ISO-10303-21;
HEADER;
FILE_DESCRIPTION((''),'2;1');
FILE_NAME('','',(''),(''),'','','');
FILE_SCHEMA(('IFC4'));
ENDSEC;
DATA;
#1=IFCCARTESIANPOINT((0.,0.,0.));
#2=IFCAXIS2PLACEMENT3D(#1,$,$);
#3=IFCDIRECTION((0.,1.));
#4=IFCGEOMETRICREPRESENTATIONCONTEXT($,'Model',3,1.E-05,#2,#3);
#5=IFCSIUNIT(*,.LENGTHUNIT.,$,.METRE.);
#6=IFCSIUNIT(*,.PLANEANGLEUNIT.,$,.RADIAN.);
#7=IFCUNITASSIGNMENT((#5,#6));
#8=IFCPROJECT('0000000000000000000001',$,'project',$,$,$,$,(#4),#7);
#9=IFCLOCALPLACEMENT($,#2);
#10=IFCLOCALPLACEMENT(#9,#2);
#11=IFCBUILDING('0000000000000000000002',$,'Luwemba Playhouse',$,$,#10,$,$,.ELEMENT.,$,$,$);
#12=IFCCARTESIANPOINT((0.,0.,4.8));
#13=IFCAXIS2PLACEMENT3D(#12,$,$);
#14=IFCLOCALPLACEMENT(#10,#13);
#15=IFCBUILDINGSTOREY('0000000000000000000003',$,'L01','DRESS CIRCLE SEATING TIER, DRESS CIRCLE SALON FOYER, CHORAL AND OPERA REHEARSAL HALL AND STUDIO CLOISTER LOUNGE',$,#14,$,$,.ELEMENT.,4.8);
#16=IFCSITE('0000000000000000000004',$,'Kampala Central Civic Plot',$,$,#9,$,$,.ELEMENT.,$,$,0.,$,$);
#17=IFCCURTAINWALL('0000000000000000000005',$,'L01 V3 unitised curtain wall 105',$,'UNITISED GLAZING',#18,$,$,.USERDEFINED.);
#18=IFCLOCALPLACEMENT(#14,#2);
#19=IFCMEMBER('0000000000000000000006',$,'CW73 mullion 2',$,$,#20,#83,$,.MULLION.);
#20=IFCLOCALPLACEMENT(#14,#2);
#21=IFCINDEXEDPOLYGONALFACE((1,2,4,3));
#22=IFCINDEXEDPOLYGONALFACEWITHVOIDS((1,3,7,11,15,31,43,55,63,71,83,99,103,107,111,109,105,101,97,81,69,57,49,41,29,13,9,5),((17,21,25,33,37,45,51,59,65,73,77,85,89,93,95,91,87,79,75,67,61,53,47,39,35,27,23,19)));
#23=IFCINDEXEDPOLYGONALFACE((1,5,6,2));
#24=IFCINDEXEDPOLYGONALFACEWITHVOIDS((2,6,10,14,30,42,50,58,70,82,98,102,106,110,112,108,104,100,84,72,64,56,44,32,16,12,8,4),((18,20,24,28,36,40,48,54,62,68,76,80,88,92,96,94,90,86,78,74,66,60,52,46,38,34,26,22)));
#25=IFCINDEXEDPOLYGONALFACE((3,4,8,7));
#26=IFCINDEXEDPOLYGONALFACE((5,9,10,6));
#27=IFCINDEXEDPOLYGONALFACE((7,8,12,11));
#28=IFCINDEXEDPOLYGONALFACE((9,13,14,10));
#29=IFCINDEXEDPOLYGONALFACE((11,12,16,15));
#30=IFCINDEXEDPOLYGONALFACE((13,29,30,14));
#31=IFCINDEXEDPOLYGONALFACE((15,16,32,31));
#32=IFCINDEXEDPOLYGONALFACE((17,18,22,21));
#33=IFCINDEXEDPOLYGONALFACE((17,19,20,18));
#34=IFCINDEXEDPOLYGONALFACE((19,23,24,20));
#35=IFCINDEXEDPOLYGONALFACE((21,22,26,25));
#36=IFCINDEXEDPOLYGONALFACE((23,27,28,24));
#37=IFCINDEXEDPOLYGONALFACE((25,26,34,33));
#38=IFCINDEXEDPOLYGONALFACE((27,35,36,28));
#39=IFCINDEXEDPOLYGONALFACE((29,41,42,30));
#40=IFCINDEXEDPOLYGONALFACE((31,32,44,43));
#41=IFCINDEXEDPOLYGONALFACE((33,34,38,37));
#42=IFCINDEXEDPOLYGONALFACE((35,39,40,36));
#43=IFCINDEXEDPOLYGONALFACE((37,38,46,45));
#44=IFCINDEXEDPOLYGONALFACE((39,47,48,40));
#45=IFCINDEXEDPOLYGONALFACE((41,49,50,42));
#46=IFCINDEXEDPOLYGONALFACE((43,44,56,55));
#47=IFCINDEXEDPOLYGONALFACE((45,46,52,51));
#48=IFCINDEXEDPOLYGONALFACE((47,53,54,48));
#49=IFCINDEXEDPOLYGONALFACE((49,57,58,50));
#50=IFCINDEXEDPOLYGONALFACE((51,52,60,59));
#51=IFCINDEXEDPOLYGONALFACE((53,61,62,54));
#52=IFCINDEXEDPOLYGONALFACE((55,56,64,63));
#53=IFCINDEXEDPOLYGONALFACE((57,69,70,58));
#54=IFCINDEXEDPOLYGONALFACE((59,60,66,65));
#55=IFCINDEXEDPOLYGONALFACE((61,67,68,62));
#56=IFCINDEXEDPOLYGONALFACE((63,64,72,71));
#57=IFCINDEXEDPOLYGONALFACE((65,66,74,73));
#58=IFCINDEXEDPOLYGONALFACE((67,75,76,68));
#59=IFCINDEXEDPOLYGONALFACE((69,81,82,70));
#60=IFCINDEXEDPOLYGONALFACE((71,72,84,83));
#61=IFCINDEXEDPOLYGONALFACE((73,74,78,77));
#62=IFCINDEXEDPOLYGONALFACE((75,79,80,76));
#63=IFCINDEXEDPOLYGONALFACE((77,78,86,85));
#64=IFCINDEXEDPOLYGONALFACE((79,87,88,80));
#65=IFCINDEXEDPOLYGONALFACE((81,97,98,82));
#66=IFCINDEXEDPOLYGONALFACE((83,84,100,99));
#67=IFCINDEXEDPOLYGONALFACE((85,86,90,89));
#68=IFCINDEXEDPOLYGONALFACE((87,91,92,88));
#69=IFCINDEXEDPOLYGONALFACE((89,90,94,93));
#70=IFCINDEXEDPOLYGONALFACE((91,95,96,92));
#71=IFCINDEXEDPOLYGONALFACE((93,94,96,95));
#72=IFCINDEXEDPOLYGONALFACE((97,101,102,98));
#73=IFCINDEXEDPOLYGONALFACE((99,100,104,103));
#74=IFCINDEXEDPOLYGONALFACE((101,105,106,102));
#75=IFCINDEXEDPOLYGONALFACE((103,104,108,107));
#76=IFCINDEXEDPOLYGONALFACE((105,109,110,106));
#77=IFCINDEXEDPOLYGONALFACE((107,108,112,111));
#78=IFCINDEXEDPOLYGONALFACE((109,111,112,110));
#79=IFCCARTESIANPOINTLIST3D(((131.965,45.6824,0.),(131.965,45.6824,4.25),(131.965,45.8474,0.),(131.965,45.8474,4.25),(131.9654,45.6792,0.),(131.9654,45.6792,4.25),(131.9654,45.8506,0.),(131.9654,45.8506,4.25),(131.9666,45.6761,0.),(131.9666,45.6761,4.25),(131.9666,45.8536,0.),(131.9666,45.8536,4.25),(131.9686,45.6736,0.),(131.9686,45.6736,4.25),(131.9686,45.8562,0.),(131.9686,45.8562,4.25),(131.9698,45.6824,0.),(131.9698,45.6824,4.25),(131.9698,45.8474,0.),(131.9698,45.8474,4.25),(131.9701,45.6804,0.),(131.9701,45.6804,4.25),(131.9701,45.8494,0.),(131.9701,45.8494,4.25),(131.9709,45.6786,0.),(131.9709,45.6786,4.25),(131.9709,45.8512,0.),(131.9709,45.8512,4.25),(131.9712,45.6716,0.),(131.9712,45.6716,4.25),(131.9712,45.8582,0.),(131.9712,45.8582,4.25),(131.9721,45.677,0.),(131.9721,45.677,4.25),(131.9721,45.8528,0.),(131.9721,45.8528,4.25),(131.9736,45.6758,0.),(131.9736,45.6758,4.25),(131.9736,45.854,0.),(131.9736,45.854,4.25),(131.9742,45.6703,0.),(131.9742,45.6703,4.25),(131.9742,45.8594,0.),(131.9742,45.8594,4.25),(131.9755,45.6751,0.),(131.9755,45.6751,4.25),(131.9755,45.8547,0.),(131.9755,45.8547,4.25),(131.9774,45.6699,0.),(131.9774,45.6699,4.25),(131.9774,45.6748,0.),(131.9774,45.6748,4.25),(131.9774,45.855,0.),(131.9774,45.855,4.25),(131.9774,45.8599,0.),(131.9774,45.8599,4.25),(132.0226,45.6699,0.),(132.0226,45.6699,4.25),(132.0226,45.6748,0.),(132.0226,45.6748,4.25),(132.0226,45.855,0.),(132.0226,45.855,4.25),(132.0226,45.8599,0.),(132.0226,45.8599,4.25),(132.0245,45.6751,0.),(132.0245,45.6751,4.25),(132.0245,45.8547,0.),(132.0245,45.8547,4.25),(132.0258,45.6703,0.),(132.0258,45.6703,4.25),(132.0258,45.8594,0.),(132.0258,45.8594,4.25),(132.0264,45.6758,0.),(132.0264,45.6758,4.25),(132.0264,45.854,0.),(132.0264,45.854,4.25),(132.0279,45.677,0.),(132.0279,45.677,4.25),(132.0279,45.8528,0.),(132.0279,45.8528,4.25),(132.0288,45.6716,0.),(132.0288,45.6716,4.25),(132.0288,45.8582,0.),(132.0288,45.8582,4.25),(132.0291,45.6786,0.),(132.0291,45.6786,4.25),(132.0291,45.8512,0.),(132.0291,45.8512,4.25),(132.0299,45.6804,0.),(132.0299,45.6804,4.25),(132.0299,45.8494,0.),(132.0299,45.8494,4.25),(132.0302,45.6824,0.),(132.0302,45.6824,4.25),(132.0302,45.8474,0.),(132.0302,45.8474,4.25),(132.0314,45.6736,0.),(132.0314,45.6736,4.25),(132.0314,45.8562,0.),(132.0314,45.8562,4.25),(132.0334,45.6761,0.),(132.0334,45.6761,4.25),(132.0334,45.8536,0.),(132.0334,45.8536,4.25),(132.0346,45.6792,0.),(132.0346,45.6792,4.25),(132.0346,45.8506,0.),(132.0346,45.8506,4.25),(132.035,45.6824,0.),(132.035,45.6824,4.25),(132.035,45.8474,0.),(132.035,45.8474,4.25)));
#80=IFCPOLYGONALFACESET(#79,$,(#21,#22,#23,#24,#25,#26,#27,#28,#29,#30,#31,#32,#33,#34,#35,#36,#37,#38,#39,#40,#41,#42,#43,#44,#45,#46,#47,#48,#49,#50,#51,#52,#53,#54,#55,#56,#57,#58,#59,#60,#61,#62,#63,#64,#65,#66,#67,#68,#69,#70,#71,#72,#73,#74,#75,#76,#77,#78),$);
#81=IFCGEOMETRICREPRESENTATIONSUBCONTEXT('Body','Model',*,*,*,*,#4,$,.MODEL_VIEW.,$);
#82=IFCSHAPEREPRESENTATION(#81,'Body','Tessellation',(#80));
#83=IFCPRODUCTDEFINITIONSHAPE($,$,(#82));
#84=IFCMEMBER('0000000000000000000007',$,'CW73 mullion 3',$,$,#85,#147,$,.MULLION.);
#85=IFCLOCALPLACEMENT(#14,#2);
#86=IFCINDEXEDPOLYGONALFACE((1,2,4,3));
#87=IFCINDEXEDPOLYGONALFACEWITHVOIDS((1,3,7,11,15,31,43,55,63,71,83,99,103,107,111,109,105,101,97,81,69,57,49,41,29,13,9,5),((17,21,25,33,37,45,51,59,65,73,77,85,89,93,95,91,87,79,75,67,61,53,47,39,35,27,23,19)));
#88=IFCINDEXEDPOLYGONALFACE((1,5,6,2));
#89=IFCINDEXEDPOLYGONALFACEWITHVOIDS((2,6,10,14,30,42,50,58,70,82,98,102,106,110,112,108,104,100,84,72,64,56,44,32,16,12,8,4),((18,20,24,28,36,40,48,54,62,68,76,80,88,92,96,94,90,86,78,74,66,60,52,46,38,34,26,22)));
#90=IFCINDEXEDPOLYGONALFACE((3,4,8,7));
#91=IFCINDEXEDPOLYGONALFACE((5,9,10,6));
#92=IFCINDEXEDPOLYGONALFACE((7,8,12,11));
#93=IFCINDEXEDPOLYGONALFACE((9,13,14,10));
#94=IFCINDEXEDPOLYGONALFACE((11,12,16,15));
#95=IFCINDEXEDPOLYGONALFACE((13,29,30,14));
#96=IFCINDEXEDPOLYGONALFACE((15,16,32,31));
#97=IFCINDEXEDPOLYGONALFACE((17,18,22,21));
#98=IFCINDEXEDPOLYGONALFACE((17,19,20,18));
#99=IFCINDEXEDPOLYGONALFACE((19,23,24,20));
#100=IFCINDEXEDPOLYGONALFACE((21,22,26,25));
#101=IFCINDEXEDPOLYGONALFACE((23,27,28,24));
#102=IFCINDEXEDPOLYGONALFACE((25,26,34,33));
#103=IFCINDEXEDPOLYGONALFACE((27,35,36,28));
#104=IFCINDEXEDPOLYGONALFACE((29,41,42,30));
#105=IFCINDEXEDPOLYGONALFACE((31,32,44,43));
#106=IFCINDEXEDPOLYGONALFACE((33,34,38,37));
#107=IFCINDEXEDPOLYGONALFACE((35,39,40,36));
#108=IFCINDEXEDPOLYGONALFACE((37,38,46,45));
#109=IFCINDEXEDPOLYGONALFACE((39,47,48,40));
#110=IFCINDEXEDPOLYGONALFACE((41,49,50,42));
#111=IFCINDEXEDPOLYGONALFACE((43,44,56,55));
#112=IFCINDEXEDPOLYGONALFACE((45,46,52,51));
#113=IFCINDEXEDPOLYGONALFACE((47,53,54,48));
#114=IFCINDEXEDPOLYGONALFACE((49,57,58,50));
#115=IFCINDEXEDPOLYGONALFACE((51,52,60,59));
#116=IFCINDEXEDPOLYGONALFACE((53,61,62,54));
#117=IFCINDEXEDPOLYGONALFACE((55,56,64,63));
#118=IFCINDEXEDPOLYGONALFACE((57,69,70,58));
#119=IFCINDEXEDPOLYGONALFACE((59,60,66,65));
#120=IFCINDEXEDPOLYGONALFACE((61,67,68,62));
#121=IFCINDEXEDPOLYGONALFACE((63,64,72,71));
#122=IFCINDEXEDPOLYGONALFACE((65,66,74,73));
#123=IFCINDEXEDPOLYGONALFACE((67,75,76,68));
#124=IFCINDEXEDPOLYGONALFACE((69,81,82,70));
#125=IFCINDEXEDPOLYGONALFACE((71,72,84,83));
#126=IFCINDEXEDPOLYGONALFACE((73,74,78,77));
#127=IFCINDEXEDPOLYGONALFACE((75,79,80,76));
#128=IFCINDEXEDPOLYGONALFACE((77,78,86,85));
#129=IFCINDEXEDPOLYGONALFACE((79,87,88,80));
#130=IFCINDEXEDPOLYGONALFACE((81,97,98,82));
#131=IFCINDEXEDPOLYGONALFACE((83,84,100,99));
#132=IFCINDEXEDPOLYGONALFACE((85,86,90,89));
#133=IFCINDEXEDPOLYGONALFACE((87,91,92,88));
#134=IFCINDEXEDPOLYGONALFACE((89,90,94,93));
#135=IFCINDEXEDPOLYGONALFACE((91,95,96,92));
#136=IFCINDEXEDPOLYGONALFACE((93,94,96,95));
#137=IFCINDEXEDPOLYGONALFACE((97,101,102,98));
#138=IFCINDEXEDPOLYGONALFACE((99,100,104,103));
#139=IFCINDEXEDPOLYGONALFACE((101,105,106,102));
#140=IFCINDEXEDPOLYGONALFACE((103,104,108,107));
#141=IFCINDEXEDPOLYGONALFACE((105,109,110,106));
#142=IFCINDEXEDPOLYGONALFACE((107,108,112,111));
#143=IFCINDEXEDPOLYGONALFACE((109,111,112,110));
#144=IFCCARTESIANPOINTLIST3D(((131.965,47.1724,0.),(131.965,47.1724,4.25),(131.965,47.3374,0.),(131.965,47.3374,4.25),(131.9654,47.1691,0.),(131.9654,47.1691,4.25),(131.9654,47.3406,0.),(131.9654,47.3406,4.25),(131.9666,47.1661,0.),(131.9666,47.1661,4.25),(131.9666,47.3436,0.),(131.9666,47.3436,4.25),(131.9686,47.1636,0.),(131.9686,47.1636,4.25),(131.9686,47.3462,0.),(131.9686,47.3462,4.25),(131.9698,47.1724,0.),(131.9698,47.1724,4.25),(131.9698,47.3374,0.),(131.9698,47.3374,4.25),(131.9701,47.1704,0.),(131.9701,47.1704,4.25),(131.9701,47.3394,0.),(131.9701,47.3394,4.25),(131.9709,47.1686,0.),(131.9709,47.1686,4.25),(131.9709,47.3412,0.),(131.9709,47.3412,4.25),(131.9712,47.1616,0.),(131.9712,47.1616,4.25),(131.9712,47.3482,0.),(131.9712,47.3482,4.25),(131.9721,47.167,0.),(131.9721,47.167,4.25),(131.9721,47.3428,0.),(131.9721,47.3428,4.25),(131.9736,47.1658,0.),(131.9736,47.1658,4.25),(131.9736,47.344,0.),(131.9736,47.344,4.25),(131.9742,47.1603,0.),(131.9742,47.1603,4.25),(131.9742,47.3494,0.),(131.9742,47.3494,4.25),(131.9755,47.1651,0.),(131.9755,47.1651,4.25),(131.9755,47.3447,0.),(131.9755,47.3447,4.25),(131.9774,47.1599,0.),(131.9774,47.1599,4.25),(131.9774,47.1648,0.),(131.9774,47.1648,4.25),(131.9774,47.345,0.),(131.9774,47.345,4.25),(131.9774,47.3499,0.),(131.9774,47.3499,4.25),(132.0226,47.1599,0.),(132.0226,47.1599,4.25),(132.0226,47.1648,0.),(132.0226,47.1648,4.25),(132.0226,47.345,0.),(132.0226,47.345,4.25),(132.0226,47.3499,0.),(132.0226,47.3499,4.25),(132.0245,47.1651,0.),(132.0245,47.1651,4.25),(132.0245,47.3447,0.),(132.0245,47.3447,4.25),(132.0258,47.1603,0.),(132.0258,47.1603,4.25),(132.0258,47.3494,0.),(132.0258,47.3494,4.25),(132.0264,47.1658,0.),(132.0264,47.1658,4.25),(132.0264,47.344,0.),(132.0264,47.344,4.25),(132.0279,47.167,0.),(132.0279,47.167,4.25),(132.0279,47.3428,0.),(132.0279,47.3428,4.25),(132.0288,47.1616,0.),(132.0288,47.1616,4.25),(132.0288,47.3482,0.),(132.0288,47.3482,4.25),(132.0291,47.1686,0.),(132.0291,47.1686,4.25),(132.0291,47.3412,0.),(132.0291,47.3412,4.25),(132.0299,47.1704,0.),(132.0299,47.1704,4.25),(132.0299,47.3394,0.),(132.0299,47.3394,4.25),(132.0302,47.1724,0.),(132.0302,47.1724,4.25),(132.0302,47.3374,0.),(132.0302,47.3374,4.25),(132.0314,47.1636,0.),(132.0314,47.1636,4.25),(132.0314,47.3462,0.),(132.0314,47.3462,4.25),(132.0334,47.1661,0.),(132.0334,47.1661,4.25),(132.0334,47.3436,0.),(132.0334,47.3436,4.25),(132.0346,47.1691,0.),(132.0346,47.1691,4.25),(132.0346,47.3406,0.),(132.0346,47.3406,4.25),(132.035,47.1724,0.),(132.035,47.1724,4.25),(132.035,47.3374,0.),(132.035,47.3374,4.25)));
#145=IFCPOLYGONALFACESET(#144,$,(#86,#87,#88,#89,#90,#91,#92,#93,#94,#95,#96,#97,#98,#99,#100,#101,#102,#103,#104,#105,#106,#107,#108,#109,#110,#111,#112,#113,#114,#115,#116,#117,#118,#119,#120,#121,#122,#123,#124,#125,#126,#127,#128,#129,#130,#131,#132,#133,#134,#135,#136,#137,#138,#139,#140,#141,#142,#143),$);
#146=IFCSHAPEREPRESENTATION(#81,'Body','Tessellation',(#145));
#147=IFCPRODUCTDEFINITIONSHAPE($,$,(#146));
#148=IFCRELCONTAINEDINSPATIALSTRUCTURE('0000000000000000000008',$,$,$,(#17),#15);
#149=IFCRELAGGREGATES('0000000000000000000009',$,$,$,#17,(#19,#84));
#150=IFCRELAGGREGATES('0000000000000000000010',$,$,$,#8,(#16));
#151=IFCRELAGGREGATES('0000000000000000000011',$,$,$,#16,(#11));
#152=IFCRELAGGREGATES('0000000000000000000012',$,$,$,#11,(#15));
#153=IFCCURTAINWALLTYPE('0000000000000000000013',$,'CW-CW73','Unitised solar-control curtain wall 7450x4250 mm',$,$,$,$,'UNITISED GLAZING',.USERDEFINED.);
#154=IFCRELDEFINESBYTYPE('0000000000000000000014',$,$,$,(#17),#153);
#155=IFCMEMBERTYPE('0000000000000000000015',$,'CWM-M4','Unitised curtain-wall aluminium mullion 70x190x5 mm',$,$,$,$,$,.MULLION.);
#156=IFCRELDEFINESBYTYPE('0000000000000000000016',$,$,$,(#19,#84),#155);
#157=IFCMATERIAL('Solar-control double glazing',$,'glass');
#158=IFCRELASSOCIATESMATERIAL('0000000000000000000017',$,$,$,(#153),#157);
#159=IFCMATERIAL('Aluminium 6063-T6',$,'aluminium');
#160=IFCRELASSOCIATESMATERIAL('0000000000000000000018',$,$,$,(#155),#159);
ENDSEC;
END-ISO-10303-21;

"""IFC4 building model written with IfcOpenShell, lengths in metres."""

from ifc_helpers import new_model, si_unit, direction, frame, origin, origin_2d, place, context, subcontext, project, spatial, hollow_rectangle, extrude, material, material_profile, profile_set, type_object, element, aggregate, save


model = new_model("IFC4")

# Units and contexts
model_context = context("Model", 3, precision=1e-05, world=origin(), true_north=direction((0.0, 1.0)))
body_context = subcontext(model_context, "Body", "Model", "MODEL_VIEW")
ifc_project = project(units=[si_unit("LENGTHUNIT", "METRE"), si_unit("PLANEANGLEUNIT", "RADIAN")], contexts=[model_context])

# Site, building, storey
site_placement = place(None, origin())
site = spatial("IfcSite", under=ifc_project, at=site_placement, Name="Kampala Central Civic Plot", CompositionType="ELEMENT", RefElevation=0.0)
building_placement = place(site_placement, origin())
building = spatial("IfcBuilding", under=site, at=building_placement, Name="Luwemba Playhouse", CompositionType="ELEMENT")
storey_placement = place(building_placement, frame((0.0, 0.0, 4.8)))
storey = spatial("IfcBuildingStorey", under=building, at=storey_placement, Name="L01", Description="DRESS CIRCLE SEATING TIER, DRESS CIRCLE SALON FOYER, CHORAL AND OPERA REHEARSAL HALL AND STUDIO CLOISTER LOUNGE", CompositionType="ELEMENT", Elevation=4.8)

# Curtain wall, members
ifc_material_1 = material(Name="Solar-control double glazing", Category="glass")
curtain_wall_type = type_object("IfcCurtainWallType", Name="CW-CW73", Description="Unitised solar-control curtain wall 7450x4250 mm", ElementType="UNITISED GLAZING", PredefinedType="USERDEFINED", material=ifc_material_1)
curtain_wall_placement = place(storey_placement, origin())
curtain_wall = element("IfcCurtainWall", 1, at=curtain_wall_placement, inside=storey, type_object=curtain_wall_type, Name="L01 V3 unitised curtain wall 105", ObjectType="UNITISED GLAZING", PredefinedType="USERDEFINED")
ifc_material_2 = material(Name="Aluminium 6063-T6", Category="aluminium")
ifc_material_profile_1 = material_profile(ifc_material_2, hollow_rectangle(XDim=0.0701, YDim=0.1899, WallThickness=0.0049, InnerFilletRadius=0.0076, OuterFilletRadius=0.0125, at=origin_2d()))
ifc_profile_set_1 = profile_set([ifc_material_profile_1], Name="Aluminium 6063-T6")
member_type_1 = type_object("IfcMemberType", Name="CWM-M4", Description="Unitised curtain-wall aluminium mullion 70x190x5 mm", PredefinedType="MULLION", material=ifc_profile_set_1)
member_1_placement = place(storey_placement, frame((132.0, 45.7649, 0.0), z_axis=(0.0, 0.0, 1.0), x_axis=(-1.0, 0.0, 0.0)))
member_1 = element("IfcMember", 2, at=member_1_placement, type_object=member_type_1, Name="CW73 mullion 2", PredefinedType="MULLION", context=body_context, shape_type="SweptSolid", body=[
    extrude(hollow_rectangle(XDim=0.0701, YDim=0.1899, WallThickness=0.0049, InnerFilletRadius=0.0076, OuterFilletRadius=0.0125, at=origin_2d()), origin(), (0.0, 0.0, 1.0), 4.25),
])
member_2_placement = place(storey_placement, frame((132.0, 47.2549, 0.0), z_axis=(0.0, 0.0, 1.0), x_axis=(-1.0, 0.0, 0.0)))
member_2 = element("IfcMember", 3, at=member_2_placement, type_object=member_type_1, Name="CW73 mullion 3", PredefinedType="MULLION", context=body_context, shape_type="SweptSolid", body=[
    extrude(hollow_rectangle(XDim=0.0701, YDim=0.1899, WallThickness=0.0049, InnerFilletRadius=0.0076, OuterFilletRadius=0.0125, at=origin_2d()), origin(), (0.0, 0.0, 1.0), 4.25),
])
aggregate(curtain_wall, [member_1, member_2])

save(model, "model.ifc")
